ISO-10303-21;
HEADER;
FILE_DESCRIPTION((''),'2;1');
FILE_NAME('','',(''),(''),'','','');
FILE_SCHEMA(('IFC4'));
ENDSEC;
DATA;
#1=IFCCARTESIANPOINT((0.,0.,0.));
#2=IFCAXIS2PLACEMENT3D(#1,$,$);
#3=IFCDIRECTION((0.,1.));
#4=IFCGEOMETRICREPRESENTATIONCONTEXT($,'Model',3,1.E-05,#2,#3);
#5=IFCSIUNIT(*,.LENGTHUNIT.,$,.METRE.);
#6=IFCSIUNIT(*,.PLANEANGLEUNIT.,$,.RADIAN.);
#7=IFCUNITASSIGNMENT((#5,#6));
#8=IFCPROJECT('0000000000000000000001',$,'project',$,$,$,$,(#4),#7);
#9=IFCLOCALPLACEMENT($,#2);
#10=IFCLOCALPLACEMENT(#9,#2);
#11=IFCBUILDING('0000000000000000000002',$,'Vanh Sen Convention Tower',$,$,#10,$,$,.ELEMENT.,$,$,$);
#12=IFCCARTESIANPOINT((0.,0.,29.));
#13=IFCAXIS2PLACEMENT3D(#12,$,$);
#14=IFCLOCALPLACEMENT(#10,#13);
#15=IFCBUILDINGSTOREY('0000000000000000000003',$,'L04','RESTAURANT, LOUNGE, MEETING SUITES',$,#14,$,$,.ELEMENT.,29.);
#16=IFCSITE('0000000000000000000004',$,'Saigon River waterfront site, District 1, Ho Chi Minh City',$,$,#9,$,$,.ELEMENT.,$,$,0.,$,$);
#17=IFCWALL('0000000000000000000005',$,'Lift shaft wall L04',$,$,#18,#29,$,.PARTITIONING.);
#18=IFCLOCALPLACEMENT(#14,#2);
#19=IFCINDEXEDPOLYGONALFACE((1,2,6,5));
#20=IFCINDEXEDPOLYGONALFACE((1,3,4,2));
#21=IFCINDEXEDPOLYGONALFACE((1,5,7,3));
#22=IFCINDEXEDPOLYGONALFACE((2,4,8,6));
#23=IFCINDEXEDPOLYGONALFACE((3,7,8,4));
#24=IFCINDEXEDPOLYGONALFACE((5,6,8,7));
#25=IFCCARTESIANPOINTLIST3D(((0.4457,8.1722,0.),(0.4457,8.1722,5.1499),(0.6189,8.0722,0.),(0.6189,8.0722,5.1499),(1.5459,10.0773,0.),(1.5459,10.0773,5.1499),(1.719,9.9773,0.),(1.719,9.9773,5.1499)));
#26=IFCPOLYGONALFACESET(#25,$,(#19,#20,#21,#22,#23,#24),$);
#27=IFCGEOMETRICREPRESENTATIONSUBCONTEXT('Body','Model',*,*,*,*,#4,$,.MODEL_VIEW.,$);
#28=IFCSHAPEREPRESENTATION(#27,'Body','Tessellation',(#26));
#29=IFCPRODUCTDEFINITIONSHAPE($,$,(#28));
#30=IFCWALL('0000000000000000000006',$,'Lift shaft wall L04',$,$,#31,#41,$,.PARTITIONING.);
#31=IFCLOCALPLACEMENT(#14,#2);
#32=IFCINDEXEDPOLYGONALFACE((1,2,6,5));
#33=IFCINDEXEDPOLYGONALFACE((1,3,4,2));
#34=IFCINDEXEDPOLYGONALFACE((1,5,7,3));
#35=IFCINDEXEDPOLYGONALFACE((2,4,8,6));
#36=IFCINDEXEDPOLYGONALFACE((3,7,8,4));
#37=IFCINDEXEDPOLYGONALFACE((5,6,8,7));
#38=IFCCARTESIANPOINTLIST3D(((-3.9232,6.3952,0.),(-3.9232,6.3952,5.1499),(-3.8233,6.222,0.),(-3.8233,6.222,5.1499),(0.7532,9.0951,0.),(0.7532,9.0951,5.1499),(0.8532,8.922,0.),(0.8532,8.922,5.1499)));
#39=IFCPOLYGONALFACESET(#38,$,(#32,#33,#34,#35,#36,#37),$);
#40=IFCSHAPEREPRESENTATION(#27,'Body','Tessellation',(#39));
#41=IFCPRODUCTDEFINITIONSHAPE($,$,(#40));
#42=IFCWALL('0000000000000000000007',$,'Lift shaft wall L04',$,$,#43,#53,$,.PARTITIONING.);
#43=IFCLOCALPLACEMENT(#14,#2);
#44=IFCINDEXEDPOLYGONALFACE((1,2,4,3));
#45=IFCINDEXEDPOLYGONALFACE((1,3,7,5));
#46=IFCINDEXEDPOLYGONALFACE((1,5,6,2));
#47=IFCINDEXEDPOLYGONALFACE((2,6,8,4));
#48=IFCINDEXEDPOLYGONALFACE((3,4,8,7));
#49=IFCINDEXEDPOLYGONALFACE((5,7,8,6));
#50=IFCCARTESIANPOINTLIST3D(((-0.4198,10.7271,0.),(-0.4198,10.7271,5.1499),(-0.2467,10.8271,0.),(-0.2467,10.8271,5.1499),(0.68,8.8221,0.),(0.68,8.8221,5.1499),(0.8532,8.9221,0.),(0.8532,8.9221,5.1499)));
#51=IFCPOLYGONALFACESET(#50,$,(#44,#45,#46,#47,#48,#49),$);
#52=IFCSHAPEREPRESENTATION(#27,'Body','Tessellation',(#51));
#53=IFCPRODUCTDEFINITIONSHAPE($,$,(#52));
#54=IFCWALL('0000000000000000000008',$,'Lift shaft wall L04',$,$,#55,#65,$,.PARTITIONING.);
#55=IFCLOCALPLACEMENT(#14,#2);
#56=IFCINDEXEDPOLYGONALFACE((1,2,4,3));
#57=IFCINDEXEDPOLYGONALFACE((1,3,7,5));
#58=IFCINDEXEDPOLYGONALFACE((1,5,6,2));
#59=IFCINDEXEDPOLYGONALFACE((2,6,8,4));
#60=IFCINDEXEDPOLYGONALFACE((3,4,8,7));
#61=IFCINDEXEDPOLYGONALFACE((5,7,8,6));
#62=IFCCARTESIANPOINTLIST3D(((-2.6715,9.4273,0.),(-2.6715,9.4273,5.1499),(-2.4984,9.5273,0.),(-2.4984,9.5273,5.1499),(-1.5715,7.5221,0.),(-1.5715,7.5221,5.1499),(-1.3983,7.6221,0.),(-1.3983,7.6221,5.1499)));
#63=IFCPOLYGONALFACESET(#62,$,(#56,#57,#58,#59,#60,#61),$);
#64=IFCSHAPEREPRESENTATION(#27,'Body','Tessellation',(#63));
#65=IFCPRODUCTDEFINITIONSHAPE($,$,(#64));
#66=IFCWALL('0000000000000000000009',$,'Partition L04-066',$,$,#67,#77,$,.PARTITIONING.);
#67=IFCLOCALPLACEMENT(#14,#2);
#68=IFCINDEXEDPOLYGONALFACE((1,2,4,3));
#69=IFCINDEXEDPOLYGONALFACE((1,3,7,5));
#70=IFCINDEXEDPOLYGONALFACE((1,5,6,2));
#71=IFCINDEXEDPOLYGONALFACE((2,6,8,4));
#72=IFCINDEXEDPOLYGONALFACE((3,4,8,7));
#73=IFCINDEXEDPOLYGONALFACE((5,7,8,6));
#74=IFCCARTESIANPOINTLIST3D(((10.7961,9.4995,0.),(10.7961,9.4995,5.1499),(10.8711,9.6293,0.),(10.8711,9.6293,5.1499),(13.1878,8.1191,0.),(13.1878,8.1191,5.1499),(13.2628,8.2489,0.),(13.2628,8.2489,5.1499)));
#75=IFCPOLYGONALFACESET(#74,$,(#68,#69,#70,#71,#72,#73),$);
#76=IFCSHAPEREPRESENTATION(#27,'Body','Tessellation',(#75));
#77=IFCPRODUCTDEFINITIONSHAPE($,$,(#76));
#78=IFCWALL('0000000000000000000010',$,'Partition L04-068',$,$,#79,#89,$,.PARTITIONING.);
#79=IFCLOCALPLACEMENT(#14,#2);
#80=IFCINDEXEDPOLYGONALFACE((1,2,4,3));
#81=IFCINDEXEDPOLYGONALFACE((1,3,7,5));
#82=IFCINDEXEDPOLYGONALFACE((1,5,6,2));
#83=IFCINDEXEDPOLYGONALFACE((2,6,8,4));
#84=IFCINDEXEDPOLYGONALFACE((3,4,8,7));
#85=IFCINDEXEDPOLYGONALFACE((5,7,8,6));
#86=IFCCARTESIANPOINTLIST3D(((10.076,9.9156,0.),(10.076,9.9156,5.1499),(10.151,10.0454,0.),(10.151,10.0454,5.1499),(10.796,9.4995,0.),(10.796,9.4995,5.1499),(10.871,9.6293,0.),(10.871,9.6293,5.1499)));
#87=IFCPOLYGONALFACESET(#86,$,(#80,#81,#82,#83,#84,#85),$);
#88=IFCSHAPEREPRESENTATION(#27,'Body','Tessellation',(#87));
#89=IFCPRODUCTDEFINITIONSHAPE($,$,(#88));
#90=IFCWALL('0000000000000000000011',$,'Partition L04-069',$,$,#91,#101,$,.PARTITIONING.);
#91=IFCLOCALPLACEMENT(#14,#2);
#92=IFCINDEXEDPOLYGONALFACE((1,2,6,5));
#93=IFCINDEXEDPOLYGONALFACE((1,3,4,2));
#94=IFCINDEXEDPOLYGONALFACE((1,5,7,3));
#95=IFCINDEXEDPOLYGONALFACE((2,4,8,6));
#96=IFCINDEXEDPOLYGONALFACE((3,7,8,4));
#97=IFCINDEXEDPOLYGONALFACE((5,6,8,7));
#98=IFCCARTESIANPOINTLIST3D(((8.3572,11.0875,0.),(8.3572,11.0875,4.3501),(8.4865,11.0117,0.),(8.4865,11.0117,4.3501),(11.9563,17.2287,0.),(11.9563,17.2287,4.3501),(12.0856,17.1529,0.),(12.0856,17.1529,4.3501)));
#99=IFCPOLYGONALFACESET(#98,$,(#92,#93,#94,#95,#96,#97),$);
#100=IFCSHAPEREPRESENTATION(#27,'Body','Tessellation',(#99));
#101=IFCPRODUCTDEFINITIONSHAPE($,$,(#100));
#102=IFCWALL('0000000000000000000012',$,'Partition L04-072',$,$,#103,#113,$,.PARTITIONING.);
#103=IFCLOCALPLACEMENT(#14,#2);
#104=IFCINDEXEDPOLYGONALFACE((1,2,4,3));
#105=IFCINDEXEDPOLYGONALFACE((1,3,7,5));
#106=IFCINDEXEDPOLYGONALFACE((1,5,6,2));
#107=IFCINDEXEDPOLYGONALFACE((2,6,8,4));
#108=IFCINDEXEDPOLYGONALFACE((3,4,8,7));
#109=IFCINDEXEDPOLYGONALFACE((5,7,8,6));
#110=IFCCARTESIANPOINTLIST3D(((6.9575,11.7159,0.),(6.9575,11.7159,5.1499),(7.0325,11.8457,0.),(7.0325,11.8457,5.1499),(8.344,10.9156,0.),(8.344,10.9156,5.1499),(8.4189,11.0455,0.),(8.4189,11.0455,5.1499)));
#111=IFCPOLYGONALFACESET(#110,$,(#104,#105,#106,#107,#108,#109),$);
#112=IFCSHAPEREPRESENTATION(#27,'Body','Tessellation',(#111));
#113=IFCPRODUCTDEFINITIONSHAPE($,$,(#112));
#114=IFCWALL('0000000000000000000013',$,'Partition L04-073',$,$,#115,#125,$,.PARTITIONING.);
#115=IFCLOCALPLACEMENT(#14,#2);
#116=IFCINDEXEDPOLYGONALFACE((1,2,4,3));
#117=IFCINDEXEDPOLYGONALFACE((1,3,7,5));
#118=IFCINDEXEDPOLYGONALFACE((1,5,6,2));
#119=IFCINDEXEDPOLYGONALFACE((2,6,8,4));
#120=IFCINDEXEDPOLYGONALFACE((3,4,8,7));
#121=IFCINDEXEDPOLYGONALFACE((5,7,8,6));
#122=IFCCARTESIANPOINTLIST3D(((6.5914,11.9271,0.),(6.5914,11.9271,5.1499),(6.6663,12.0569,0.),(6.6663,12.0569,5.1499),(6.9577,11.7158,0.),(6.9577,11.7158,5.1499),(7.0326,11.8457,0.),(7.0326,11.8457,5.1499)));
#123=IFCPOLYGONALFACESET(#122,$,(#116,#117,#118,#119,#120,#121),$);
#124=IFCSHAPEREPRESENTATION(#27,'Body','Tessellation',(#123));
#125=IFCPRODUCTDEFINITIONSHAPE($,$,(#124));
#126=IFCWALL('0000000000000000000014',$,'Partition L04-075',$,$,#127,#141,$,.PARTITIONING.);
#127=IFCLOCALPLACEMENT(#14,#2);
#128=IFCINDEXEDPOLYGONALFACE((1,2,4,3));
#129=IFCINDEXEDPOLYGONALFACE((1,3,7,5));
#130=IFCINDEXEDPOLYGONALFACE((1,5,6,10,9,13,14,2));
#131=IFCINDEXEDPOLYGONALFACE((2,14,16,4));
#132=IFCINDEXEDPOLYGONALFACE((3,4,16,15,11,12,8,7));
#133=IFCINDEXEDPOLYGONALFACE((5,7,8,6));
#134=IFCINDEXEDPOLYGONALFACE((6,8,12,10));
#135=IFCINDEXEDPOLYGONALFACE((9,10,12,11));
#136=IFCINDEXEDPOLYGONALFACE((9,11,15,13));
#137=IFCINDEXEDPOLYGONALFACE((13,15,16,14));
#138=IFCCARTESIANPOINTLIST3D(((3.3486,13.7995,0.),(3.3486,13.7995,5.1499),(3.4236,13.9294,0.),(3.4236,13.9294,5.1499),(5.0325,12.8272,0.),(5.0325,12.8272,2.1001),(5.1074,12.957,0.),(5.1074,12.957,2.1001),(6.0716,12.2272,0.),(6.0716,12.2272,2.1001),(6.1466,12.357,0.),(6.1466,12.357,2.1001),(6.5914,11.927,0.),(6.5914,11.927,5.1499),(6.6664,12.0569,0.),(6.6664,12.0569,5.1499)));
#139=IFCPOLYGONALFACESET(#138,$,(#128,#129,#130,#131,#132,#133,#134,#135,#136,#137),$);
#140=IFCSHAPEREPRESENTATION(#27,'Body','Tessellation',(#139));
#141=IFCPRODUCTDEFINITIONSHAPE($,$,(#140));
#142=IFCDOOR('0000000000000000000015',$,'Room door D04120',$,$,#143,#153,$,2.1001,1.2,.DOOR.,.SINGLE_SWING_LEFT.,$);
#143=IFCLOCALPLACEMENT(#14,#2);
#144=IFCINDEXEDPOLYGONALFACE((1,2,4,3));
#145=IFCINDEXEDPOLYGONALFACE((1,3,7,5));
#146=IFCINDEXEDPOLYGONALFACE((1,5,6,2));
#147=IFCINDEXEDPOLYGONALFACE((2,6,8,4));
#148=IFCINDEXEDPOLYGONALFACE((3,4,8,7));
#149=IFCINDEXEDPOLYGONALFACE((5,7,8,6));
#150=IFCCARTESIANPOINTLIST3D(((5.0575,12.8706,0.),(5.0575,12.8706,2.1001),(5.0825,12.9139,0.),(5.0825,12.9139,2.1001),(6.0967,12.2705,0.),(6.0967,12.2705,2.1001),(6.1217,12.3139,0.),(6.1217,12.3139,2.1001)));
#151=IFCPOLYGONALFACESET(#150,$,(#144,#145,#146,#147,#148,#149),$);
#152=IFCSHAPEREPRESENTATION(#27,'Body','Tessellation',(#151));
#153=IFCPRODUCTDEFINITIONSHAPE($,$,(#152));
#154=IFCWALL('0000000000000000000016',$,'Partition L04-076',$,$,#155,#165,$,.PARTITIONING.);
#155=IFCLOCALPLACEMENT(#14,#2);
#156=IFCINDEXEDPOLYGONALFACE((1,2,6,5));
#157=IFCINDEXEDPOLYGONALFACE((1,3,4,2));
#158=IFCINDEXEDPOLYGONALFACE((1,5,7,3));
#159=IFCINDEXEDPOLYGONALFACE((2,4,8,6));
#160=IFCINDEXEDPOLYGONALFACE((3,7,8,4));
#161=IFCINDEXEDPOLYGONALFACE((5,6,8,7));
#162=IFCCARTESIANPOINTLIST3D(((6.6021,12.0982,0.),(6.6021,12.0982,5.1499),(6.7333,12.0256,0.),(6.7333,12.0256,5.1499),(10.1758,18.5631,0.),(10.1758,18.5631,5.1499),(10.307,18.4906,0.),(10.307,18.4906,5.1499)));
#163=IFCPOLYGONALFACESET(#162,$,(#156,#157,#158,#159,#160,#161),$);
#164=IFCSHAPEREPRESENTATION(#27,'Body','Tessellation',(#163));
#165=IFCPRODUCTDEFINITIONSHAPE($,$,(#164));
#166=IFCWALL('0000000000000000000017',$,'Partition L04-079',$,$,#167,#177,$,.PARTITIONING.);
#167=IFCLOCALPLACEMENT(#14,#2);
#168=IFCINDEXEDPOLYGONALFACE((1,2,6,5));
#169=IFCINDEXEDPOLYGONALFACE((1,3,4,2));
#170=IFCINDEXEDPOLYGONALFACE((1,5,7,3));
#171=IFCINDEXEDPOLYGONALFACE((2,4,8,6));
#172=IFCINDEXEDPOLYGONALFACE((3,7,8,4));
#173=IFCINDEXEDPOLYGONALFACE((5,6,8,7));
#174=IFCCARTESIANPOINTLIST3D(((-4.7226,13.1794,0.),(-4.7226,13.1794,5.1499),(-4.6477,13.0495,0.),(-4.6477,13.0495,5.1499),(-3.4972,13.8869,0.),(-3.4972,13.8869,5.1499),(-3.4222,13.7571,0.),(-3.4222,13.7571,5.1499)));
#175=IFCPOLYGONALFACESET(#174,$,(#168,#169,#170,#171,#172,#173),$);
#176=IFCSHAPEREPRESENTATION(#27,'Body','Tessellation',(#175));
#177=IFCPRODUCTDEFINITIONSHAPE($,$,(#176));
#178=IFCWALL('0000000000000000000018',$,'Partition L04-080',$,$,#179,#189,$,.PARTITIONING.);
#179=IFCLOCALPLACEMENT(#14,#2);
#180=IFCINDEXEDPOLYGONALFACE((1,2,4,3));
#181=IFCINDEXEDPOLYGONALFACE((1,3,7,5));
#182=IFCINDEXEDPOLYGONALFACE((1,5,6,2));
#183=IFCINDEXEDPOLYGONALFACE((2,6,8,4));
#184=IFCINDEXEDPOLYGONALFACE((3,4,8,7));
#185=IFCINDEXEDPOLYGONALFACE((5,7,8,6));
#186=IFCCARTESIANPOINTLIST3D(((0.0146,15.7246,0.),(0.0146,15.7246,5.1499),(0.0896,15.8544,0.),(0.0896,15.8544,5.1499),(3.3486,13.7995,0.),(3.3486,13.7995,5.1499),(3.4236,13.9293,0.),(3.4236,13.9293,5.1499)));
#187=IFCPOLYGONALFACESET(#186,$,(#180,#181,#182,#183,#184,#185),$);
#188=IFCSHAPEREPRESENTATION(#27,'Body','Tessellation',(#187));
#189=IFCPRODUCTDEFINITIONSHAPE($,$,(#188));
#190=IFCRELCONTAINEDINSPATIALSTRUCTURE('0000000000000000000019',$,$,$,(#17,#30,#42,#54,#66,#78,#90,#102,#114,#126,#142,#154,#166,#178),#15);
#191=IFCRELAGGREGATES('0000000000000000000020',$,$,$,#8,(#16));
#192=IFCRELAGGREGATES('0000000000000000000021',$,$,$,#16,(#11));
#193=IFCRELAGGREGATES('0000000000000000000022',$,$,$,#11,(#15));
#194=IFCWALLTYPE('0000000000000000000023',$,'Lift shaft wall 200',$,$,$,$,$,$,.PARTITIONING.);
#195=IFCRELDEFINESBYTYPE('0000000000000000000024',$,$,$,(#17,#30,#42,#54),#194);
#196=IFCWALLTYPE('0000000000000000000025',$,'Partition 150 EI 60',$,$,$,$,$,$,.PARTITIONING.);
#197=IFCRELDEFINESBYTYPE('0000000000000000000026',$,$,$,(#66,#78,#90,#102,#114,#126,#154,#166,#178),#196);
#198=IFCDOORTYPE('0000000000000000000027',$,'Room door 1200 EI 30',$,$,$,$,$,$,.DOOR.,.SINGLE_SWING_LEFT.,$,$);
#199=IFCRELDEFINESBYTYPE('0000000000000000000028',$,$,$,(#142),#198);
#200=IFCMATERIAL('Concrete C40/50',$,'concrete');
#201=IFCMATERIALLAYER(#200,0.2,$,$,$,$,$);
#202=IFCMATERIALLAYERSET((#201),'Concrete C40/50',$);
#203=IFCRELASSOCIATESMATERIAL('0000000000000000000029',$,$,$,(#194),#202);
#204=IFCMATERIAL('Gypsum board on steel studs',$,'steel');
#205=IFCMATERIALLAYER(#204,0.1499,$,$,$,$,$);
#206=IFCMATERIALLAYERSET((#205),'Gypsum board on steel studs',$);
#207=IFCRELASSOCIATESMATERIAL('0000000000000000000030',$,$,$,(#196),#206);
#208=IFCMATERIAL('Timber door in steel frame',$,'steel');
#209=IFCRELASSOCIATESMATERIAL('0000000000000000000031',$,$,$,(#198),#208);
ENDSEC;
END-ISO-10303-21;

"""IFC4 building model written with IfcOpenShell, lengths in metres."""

from ifc_helpers import new_model, si_unit, direction, frame, frame_2d, origin, place, context, subcontext, project, spatial, rectangle, extrude, material, layer, layer_set, type_object, element, fill, save


model = new_model("IFC4")

# Units and contexts
model_context = context("Model", 3, precision=1e-05, world=origin(), true_north=direction((0.0, 1.0)))
body_context = subcontext(model_context, "Body", "Model", "MODEL_VIEW")
ifc_project = project(units=[si_unit("LENGTHUNIT", "METRE"), si_unit("PLANEANGLEUNIT", "RADIAN")], contexts=[model_context])

# Site, building, storey
site_placement = place(None, origin())
site = spatial("IfcSite", under=ifc_project, at=site_placement, Name="Saigon River waterfront site, District 1, Ho Chi Minh City", CompositionType="ELEMENT", RefElevation=0.0)
building_placement = place(site_placement, origin())
building = spatial("IfcBuilding", under=site, at=building_placement, Name="Vanh Sen Convention Tower", CompositionType="ELEMENT")
storey_placement = place(building_placement, frame((0.0, 0.0, 29.0)))
storey = spatial("IfcBuildingStorey", under=building, at=storey_placement, Name="L04", Description="RESTAURANT, LOUNGE, MEETING SUITES", CompositionType="ELEMENT", Elevation=29.0)

# Walls
ifc_material_1 = material(Name="Concrete C40/50", Category="concrete")
ifc_layer_1 = layer(ifc_material_1, 0.2)
ifc_layer_set_1 = layer_set([ifc_layer_1], Name="Concrete C40/50")
wall_type_1 = type_object("IfcWallType", Name="Lift shaft wall 200", PredefinedType="PARTITIONING", material=ifc_layer_set_1)
wall_1_placement = place(storey_placement, frame((0.5322, 8.1221, 0.0), z_axis=(0.0, 0.0, 1.0), x_axis=(0.500078, 0.86598, 0.0)))
element("IfcWall", 1, at=wall_1_placement, inside=storey, type_object=wall_type_1, Name="Lift shaft wall L04", PredefinedType="PARTITIONING", context=body_context, shape_type="SweptSolid", body=[
    extrude(rectangle(XDim=2.2, YDim=0.2, at=frame_2d((1.1001, 0.0))), origin(), (0.0, 0.0, 1.0), 5.1499),
])
wall_2_placement = place(storey_placement, frame((0.8032, 9.0085, 0.0), z_axis=(0.0, 0.0, 1.0), x_axis=(-0.866028, -0.499995, 0.0)))
element("IfcWall", 2, at=wall_2_placement, inside=storey, type_object=wall_type_1, Name="Lift shaft wall L04", PredefinedType="PARTITIONING", context=body_context, shape_type="SweptSolid", body=[
    extrude(rectangle(XDim=5.3999, YDim=0.2, at=frame_2d((2.7, 0.0))), origin(), (0.0, 0.0, 1.0), 5.1499),
])
wall_3_placement = place(storey_placement, frame((0.7666, 8.8721, 0.0), z_axis=(0.0, 0.0, 1.0), x_axis=(-0.499995, 0.866028, 0.0)))
element("IfcWall", 3, at=wall_3_placement, inside=storey, type_object=wall_type_1, Name="Lift shaft wall L04", PredefinedType="PARTITIONING", context=body_context, shape_type="SweptSolid", body=[
    extrude(rectangle(XDim=2.1997, YDim=0.2, at=frame_2d((1.0999, 0.0))), origin(), (0.0, 0.0, 1.0), 5.1499),
])
wall_4_placement = place(storey_placement, frame((-1.4849, 7.572, 0.0), z_axis=(0.0, 0.0, 1.0), x_axis=(-0.50003, 0.866008, 0.0)))
element("IfcWall", 4, at=wall_4_placement, inside=storey, type_object=wall_type_1, Name="Lift shaft wall L04", PredefinedType="PARTITIONING", context=body_context, shape_type="SweptSolid", body=[
    extrude(rectangle(XDim=2.2, YDim=0.2, at=frame_2d((1.1001, 0.0))), origin(), (0.0, 0.0, 1.0), 5.1499),
])
ifc_material_2 = material(Name="Gypsum board on steel studs", Category="steel")
ifc_layer_2 = layer(ifc_material_2, 0.1499)
ifc_layer_set_2 = layer_set([ifc_layer_2], Name="Gypsum board on steel studs")
wall_type_2 = type_object("IfcWallType", Name="Partition 150 EI 60", PredefinedType="PARTITIONING", material=ifc_layer_set_2)
wall_5_placement = place(storey_placement, frame((10.8335, 9.5645, 0.0), z_axis=(0.0, 0.0, 1.0), x_axis=(0.866091, -0.499886, 0.0)))
element("IfcWall", 5, at=wall_5_placement, inside=storey, type_object=wall_type_2, Name="Partition L04-066", PredefinedType="PARTITIONING", context=body_context, shape_type="SweptSolid", body=[
    extrude(rectangle(XDim=2.7615, YDim=0.1499, at=frame_2d((1.3809, 0.0))), origin(), (0.0, 0.0, 1.0), 5.1499),
])
wall_6_placement = place(storey_placement, frame((10.1135, 9.9805, 0.0), z_axis=(0.0, 0.0, 1.0), x_axis=(0.865848, -0.500307, 0.0)))
element("IfcWall", 6, at=wall_6_placement, inside=storey, type_object=wall_type_2, Name="Partition L04-068", PredefinedType="PARTITIONING", context=body_context, shape_type="SweptSolid", body=[
    extrude(rectangle(XDim=0.8315, YDim=0.1499, at=frame_2d((0.4158, 0.0))), origin(), (0.0, 0.0, 1.0), 5.1499),
])
wall_7_placement = place(storey_placement, frame((8.4219, 11.0496, 0.0), z_axis=(0.0, 0.0, 1.0), x_axis=(0.505617, 0.862758, 0.0)))
element("IfcWall", 7, at=wall_7_placement, inside=storey, type_object=wall_type_2, Name="Partition L04-069", PredefinedType="PARTITIONING", context=body_context, shape_type="SweptSolid", body=[
    extrude(rectangle(XDim=7.1182, YDim=0.1499, at=frame_2d((3.5591, 0.0))), origin(), (0.0, 0.0, 1.0), 4.3501),
])
wall_8_placement = place(storey_placement, frame((6.9951, 11.7808, 0.0), z_axis=(0.0, 0.0, 1.0), x_axis=(0.866076, -0.499912, 0.0)))
element("IfcWall", 8, at=wall_8_placement, inside=storey, type_object=wall_type_2, Name="Partition L04-072", PredefinedType="PARTITIONING", context=body_context, shape_type="SweptSolid", body=[
    extrude(rectangle(XDim=1.6008, YDim=0.1499, at=frame_2d((0.8003, 0.0))), origin(), (0.0, 0.0, 1.0), 5.1499),
])
wall_9_placement = place(storey_placement, frame((6.9951, 11.7808, 0.0), z_axis=(0.0, 0.0, 1.0), x_axis=(-0.866282, 0.499556, 0.0)))
element("IfcWall", 9, at=wall_9_placement, inside=storey, type_object=wall_type_2, Name="Partition L04-073", PredefinedType="PARTITIONING", context=body_context, shape_type="SweptSolid", body=[
    extrude(rectangle(XDim=0.4229, YDim=0.1499, at=frame_2d((0.2114, 0.0))), origin(), (0.0, 0.0, 1.0), 5.1499),
])

# Wall, opening, door
wall_10_placement = place(storey_placement, frame((6.6289, 11.9919, 0.0), z_axis=(0.0, 0.0, 1.0), x_axis=(-0.865996, 0.500052, 0.0)))
wall_10 = element("IfcWall", 10, at=wall_10_placement, inside=storey, type_object=wall_type_2, Name="Partition L04-075", PredefinedType="PARTITIONING", context=body_context, shape_type="SweptSolid", body=[
    extrude(rectangle(XDim=3.7446, YDim=0.1499, at=frame_2d((1.8723, 0.0))), origin(), (0.0, 0.0, 1.0), 5.1499),
])
opening_1_placement = place(wall_10_placement, frame((0.6001, 0.0, 0.0)))
opening_1 = element("IfcOpeningElement", 11, at=opening_1_placement, cuts=wall_10, PredefinedType="OPENING", context=body_context, shape_type="SweptSolid", body=[
    extrude(rectangle(XDim=1.2, YDim=2.1001, at=frame_2d((0.6001, 1.05))), frame((0.0, 0.085, 0.0), z_axis=(0.0, -1.0, 0.0), x_axis=(1.0, 0.0, 0.0)), (0.0, 0.0, 1.0), 0.1699),
])
ifc_material_3 = material(Name="Timber door in steel frame", Category="steel")
door_type_1 = type_object("IfcDoorType", Name="Room door 1200 EI 30", OperationType="SINGLE_SWING_LEFT", PredefinedType="DOOR", material=ifc_material_3)
door_1_placement = place(opening_1_placement, origin())
door_1 = element("IfcDoor", 12, at=door_1_placement, inside=storey, type_object=door_type_1, Name="Room door D04120", OperationType="SINGLE_SWING_LEFT", OverallHeight=2.1001, OverallWidth=1.2, PredefinedType="DOOR", context=body_context, shape_type="SweptSolid", body=[
    extrude(rectangle(XDim=1.2, YDim=2.1001, at=frame_2d((0.6001, 1.05))), frame((0.0, 0.0249, 0.0), z_axis=(0.0, -1.0, 0.0), x_axis=(1.0, 0.0, 0.0)), (0.0, 0.0, 1.0), 0.05),
])
fill(opening_1, door_1)

# Walls
wall_11_placement = place(storey_placement, frame((6.6677, 12.062, 0.0), z_axis=(0.0, 0.0, 1.0), x_axis=(0.483795, 0.875181, 0.0)))
element("IfcWall", 13, at=wall_11_placement, inside=storey, type_object=wall_type_2, Name="Partition L04-076", PredefinedType="PARTITIONING", context=body_context, shape_type="SweptSolid", body=[
    extrude(rectangle(XDim=7.387, YDim=0.1499, at=frame_2d((3.6934, 0.0))), origin(), (0.0, 0.0, 1.0), 5.1499),
])
wall_12_placement = place(storey_placement, frame((-3.4597, 13.822, 0.0), z_axis=(0.0, 0.0, 1.0), x_axis=(-0.866005, -0.500036, 0.0)))
element("IfcWall", 14, at=wall_12_placement, inside=storey, type_object=wall_type_2, Name="Partition L04-079", PredefinedType="PARTITIONING", context=body_context, shape_type="SweptSolid", body=[
    extrude(rectangle(XDim=1.415, YDim=0.1499, at=frame_2d((0.7075, 0.0))), origin(), (0.0, 0.0, 1.0), 5.1499),
])
wall_13_placement = place(storey_placement, frame((3.386, 13.8645, 0.0), z_axis=(0.0, 0.0, 1.0), x_axis=(-0.866006, 0.500034, 0.0)))
element("IfcWall", 15, at=wall_13_placement, inside=storey, type_object=wall_type_2, Name="Partition L04-080", PredefinedType="PARTITIONING", context=body_context, shape_type="SweptSolid", body=[
    extrude(rectangle(XDim=3.8499, YDim=0.1499, at=frame_2d((1.9248, 0.0))), origin(), (0.0, 0.0, 1.0), 5.1499),
])

save(model, "model.ifc")
